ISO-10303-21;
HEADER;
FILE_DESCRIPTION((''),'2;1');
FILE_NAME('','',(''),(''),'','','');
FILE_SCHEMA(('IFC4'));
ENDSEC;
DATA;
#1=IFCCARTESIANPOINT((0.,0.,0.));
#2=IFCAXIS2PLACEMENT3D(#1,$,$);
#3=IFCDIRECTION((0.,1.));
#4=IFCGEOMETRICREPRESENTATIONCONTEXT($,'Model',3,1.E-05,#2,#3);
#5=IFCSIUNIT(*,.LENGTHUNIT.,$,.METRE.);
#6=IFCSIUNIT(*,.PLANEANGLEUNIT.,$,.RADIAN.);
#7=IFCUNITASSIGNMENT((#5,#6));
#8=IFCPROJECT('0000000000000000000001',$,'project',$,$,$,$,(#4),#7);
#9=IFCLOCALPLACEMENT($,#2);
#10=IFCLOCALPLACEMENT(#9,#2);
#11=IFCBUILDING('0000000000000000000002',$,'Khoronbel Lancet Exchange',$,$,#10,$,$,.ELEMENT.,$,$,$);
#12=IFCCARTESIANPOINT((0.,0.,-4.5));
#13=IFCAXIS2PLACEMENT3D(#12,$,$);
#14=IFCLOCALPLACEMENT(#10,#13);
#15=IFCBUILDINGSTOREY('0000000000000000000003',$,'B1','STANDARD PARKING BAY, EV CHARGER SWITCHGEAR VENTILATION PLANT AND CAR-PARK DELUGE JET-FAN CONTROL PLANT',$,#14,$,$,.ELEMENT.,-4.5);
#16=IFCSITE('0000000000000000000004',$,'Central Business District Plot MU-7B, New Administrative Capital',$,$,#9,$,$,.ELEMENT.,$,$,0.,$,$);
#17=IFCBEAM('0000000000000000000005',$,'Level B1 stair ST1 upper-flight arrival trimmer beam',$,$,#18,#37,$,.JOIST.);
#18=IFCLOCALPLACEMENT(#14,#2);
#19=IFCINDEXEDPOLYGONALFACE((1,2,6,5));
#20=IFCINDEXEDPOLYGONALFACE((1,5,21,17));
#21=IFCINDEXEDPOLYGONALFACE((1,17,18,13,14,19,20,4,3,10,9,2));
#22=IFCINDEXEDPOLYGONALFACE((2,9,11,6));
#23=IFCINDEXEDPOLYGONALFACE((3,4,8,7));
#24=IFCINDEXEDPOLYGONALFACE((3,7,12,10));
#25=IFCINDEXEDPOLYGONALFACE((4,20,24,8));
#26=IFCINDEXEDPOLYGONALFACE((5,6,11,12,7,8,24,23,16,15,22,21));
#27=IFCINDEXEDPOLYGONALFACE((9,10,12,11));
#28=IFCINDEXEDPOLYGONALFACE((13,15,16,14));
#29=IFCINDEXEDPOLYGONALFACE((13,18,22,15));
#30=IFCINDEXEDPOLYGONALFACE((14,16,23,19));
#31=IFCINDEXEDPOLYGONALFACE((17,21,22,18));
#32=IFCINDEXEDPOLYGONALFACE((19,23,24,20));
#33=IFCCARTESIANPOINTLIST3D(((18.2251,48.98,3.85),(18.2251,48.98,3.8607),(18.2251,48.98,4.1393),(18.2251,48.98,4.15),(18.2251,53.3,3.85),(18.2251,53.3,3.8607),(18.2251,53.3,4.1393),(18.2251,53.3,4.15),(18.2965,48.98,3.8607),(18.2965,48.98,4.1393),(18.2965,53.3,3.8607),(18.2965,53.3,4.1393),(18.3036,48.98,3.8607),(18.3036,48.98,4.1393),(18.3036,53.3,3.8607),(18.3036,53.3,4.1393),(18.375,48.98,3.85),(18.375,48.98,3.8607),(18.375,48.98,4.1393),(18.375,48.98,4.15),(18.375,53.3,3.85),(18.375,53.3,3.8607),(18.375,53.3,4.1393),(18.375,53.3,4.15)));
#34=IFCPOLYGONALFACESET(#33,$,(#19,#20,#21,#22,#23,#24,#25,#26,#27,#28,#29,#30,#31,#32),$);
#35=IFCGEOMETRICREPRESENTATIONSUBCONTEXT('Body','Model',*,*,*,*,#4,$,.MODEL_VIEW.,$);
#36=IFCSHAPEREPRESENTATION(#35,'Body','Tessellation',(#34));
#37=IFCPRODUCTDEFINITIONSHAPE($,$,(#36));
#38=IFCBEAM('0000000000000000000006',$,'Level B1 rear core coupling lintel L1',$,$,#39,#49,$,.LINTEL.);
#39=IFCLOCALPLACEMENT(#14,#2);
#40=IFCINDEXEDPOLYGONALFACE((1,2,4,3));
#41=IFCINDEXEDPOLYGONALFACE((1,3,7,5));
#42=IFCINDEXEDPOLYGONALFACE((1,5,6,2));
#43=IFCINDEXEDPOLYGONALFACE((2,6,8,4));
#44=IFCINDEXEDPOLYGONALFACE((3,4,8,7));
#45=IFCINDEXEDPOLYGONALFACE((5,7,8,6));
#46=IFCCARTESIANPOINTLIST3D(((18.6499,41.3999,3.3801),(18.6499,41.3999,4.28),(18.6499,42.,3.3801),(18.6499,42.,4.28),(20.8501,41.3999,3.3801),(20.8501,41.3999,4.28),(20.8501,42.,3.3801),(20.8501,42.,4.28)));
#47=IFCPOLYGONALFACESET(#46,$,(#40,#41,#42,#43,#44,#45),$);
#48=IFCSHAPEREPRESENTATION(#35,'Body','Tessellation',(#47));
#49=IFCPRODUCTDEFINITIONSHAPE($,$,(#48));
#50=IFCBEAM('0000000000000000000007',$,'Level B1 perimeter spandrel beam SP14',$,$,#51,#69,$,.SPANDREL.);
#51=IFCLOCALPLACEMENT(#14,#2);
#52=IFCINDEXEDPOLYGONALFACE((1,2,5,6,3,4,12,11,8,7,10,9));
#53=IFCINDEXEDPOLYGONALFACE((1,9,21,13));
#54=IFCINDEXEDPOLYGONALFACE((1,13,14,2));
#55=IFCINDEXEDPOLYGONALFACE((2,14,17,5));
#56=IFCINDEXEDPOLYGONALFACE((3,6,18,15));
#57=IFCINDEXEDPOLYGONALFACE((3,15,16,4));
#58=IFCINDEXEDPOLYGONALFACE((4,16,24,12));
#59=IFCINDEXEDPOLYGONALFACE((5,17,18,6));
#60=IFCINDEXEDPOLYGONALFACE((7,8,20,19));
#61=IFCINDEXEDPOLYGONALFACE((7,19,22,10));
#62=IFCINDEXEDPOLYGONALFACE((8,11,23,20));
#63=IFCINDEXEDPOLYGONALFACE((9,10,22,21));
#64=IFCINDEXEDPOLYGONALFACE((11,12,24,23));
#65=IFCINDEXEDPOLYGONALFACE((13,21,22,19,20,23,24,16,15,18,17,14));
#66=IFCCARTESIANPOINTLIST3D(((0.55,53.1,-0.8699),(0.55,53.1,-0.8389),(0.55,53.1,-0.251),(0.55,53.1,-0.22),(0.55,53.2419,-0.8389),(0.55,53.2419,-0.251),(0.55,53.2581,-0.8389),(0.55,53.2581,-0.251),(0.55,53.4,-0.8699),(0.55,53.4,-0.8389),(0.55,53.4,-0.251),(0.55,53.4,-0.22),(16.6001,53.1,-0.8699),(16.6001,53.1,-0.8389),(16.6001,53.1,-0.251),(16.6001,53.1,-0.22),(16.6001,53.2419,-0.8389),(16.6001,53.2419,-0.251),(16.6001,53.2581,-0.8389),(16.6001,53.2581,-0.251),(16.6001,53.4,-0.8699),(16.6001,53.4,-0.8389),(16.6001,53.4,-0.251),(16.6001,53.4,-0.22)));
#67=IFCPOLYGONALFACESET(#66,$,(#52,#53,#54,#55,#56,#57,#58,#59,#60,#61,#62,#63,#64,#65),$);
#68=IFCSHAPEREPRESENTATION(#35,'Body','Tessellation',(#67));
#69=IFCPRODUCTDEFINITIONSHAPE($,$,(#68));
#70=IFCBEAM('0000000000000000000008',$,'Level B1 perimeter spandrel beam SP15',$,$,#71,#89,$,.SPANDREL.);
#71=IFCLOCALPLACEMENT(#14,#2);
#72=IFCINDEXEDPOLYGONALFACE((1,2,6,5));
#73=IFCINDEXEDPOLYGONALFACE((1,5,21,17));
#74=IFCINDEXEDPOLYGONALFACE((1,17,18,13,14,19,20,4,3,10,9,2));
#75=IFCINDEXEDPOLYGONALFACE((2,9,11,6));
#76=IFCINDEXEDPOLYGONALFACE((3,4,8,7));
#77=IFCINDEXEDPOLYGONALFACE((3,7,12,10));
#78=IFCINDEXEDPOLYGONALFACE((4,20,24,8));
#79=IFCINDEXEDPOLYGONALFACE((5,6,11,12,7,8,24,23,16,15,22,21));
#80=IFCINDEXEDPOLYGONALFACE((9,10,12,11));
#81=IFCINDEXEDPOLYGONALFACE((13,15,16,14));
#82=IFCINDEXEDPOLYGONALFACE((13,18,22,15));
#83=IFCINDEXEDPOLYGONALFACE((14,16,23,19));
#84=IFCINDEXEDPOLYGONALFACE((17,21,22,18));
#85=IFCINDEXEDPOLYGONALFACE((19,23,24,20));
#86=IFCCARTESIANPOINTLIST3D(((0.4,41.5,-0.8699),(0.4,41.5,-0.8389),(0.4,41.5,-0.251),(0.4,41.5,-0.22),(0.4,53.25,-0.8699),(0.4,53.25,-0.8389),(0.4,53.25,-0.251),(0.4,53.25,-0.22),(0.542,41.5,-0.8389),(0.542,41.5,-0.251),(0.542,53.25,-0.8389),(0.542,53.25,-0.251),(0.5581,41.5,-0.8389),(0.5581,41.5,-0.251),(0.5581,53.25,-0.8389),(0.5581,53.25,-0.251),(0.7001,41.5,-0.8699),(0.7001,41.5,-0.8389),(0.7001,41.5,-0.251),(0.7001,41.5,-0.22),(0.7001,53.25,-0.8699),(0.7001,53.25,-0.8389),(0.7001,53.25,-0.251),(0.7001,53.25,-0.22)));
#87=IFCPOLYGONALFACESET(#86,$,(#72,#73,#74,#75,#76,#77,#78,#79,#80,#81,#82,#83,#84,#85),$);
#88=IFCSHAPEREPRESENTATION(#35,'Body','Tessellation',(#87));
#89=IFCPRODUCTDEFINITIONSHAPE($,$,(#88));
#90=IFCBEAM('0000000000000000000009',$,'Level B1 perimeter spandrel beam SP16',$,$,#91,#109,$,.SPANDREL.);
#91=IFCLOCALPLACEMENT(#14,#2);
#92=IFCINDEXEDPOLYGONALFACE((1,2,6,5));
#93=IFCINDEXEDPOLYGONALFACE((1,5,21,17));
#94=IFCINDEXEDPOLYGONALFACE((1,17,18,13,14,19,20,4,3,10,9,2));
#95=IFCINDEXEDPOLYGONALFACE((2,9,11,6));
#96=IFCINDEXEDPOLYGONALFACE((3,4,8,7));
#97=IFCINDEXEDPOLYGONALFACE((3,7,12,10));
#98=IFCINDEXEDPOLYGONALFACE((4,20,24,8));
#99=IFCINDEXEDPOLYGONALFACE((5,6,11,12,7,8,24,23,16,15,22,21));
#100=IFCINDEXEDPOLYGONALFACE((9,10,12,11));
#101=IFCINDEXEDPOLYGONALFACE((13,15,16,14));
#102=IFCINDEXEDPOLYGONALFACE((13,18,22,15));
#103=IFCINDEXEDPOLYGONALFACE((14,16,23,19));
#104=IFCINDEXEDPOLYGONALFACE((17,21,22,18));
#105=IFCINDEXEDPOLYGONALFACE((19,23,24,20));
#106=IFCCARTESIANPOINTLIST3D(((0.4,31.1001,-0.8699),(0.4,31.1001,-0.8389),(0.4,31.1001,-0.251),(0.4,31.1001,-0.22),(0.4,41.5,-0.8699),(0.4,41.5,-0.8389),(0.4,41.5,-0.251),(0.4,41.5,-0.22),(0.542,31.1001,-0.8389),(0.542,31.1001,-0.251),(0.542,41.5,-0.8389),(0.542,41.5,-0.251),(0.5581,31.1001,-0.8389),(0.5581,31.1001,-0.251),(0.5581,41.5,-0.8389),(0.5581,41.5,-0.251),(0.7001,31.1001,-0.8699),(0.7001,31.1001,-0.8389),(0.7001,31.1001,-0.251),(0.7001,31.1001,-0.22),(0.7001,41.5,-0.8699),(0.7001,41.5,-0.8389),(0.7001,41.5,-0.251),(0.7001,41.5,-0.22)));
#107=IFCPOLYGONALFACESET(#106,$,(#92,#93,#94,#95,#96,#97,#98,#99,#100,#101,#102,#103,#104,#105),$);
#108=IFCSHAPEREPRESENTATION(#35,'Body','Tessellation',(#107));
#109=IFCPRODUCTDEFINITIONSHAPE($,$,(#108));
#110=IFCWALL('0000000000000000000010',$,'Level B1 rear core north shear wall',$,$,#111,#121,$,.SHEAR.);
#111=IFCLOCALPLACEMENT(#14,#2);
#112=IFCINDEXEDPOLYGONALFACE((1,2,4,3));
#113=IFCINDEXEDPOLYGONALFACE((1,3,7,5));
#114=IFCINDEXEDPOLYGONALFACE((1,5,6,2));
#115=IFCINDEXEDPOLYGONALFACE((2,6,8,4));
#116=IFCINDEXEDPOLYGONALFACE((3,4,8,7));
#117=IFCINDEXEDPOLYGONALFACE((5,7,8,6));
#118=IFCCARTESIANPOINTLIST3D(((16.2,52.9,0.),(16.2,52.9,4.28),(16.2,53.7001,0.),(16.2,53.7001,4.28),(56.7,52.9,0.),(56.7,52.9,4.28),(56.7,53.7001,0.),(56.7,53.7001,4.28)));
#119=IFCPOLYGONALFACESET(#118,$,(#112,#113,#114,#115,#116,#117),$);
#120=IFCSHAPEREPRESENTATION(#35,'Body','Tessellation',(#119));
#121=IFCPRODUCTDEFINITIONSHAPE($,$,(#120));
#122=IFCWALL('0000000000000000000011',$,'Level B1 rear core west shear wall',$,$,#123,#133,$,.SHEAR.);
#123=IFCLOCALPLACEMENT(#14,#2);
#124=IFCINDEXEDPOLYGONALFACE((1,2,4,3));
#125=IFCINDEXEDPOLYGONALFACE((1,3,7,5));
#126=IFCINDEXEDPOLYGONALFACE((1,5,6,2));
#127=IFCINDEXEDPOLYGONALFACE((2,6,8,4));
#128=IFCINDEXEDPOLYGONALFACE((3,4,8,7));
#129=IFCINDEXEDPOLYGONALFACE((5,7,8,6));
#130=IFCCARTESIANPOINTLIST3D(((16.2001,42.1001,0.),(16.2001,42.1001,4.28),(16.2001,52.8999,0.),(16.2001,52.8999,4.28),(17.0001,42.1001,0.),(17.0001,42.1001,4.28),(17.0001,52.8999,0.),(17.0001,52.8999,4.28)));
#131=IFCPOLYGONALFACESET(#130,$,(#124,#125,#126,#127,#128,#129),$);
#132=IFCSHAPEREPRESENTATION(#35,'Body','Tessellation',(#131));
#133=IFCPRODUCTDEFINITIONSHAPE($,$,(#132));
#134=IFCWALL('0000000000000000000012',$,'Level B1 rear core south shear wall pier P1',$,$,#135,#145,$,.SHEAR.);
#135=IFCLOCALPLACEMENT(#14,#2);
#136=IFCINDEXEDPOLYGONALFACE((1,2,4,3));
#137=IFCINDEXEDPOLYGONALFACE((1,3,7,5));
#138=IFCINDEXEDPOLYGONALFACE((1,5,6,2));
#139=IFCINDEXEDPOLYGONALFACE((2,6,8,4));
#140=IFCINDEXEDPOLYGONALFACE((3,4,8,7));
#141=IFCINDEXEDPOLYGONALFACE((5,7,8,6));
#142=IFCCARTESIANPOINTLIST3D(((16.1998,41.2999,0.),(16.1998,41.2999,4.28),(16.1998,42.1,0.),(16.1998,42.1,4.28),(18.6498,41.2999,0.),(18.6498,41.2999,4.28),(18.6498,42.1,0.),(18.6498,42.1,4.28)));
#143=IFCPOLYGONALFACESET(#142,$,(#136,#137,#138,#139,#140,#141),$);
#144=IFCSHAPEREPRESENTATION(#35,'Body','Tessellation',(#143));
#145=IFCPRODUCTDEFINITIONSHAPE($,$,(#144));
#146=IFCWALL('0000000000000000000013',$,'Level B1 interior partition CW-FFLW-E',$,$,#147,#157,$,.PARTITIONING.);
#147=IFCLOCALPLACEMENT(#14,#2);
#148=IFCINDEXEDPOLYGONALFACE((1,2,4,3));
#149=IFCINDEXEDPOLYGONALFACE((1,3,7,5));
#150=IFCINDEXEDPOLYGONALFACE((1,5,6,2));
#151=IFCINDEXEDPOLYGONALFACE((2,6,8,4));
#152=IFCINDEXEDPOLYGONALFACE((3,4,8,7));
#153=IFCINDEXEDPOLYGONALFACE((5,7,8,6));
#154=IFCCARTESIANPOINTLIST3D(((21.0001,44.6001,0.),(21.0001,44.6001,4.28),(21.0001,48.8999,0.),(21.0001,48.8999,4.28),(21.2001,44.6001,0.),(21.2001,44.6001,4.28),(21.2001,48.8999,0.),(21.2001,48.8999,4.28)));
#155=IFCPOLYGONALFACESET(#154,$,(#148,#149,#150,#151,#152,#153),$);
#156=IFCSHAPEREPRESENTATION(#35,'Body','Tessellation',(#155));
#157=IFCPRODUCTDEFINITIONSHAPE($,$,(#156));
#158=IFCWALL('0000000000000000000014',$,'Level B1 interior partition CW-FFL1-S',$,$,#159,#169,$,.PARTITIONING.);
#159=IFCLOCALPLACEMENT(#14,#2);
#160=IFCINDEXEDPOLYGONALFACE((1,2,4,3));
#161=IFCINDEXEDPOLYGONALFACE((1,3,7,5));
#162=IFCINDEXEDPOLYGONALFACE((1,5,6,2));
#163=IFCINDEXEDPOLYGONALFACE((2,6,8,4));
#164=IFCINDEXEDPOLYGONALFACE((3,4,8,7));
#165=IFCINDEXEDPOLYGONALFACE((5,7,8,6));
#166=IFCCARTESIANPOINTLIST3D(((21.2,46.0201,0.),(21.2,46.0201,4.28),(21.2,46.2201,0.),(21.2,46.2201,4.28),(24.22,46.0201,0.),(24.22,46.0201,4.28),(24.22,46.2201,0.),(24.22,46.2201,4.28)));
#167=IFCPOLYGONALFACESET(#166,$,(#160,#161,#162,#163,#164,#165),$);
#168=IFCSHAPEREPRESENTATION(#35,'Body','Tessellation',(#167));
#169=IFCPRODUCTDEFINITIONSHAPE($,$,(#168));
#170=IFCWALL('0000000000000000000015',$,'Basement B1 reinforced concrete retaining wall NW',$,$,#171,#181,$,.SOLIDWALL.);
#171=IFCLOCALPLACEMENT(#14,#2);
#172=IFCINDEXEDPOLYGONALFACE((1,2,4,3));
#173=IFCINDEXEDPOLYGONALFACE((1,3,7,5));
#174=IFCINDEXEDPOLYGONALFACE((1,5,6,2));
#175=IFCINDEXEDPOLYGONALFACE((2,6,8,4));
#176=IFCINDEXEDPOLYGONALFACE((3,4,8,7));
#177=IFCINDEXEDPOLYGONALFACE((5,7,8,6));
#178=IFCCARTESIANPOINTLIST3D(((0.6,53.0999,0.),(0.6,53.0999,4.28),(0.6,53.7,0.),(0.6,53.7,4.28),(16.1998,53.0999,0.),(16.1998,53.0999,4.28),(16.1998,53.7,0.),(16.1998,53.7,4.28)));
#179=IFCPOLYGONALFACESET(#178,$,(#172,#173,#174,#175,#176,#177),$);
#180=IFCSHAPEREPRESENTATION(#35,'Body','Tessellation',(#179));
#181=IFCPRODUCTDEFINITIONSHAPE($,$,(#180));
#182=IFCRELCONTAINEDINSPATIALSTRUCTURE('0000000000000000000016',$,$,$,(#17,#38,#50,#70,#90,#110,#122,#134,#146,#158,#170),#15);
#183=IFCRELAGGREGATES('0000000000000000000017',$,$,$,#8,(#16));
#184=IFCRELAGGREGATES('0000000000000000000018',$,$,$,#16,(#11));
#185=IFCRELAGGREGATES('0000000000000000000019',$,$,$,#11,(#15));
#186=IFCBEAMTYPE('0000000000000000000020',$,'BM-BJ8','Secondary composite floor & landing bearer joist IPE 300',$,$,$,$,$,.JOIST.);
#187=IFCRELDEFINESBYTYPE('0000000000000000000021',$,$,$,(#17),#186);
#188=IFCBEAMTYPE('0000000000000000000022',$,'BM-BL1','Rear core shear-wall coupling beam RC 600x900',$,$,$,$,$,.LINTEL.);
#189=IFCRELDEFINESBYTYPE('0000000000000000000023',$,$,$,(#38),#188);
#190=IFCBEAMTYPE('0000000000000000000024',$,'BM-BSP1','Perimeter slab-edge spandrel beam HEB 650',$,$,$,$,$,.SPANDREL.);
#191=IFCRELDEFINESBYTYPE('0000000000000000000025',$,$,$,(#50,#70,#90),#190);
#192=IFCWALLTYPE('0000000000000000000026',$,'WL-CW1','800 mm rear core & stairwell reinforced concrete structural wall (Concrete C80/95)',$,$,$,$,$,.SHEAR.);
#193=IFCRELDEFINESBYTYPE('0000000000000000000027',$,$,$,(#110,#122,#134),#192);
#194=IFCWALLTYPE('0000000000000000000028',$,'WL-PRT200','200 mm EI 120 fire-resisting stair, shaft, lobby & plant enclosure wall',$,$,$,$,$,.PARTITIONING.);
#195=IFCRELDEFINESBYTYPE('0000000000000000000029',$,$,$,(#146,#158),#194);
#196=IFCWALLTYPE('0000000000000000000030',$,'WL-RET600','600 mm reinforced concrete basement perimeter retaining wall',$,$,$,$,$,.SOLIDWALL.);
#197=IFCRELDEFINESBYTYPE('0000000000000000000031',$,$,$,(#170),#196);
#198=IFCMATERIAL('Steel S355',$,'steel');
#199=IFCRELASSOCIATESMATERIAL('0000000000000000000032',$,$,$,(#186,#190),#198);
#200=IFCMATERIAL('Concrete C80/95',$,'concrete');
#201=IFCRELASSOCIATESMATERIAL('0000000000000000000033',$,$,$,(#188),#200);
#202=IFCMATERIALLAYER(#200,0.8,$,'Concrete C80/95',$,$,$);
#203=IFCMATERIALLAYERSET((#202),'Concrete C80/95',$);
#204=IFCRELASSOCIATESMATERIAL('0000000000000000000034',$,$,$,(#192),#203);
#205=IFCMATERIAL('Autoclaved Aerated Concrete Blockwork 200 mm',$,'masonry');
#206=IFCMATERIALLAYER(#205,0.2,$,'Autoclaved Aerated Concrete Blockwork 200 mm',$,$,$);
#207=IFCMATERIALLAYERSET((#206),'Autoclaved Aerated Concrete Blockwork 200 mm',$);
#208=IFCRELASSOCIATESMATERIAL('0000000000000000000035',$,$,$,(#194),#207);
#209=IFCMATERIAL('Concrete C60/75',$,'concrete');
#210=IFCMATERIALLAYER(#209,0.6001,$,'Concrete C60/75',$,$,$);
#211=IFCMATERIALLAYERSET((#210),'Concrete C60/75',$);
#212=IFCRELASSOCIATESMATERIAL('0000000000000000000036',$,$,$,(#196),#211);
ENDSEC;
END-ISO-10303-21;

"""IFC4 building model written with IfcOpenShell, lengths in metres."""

from ifc_helpers import new_model, si_unit, direction, frame, frame_2d, origin, origin_2d, place, context, subcontext, project, spatial, rectangle, i_section, extrude, material, layer, layer_set, material_profile, profile_set, type_object, element, save


model = new_model("IFC4")

# Units and contexts
model_context = context("Model", 3, precision=1e-05, world=origin(), true_north=direction((0.0, 1.0)))
body_context = subcontext(model_context, "Body", "Model", "MODEL_VIEW")
ifc_project = project(units=[si_unit("LENGTHUNIT", "METRE"), si_unit("PLANEANGLEUNIT", "RADIAN")], contexts=[model_context])

# Site, building, storey
site_placement = place(None, origin())
site = spatial("IfcSite", under=ifc_project, at=site_placement, Name="Central Business District Plot MU-7B, New Administrative Capital", CompositionType="ELEMENT", RefElevation=0.0)
building_placement = place(site_placement, origin())
building = spatial("IfcBuilding", under=site, at=building_placement, Name="Khoronbel Lancet Exchange", CompositionType="ELEMENT")
storey_placement = place(building_placement, frame((0.0, 0.0, -4.5)))
storey = spatial("IfcBuildingStorey", under=building, at=storey_placement, Name="B1", Description="STANDARD PARKING BAY, EV CHARGER SWITCHGEAR VENTILATION PLANT AND CAR-PARK DELUGE JET-FAN CONTROL PLANT", CompositionType="ELEMENT", Elevation=-4.5)

# Shared definitions
ifc_material_1 = material(Name="Steel S355", Category="steel")
ifc_material_2 = material(Name="Concrete C60/75", Category="concrete")

# Beams
ifc_material_profile_1 = material_profile(ifc_material_1, i_section(OverallWidth=0.1499, OverallDepth=0.3, WebThickness=0.0071, FlangeThickness=0.0107, at=origin_2d()), Name="IPE 300")
ifc_profile_set_1 = profile_set([ifc_material_profile_1], Name="Steel S355")
beam_type_1 = type_object("IfcBeamType", Name="BM-BJ8", Description="Secondary composite floor & landing bearer joist IPE 300", PredefinedType="JOIST", material=ifc_profile_set_1)
beam_1_placement = place(storey_placement, frame((18.3, 48.98, 4.0), z_axis=(0.0, 1.0, 0.0), x_axis=(-1.0, 0.0, 0.0)))
element("IfcBeam", 1, at=beam_1_placement, inside=storey, type_object=beam_type_1, Name="Level B1 stair ST1 upper-flight arrival trimmer beam", PredefinedType="JOIST", context=body_context, shape_type="SweptSolid", body=[
    extrude(i_section(OverallWidth=0.1499, OverallDepth=0.3, WebThickness=0.0071, FlangeThickness=0.0107, at=origin_2d()), origin(), (0.0, 0.0, 1.0), 4.3201),
])
ifc_material_3 = material(Name="Concrete C80/95", Category="concrete")
ifc_material_profile_2 = material_profile(ifc_material_3, rectangle(XDim=0.6001, YDim=0.8999, at=origin_2d()), Name="RC 600x900")
ifc_profile_set_2 = profile_set([ifc_material_profile_2], Name="Concrete C80/95")
beam_type_2 = type_object("IfcBeamType", Name="BM-BL1", Description="Rear core shear-wall coupling beam RC 600x900", PredefinedType="LINTEL", material=ifc_profile_set_2)
beam_2_placement = place(storey_placement, frame((18.6499, 41.7, 3.8301), z_axis=(1.0, 0.0, 0.0), x_axis=(0.0, 1.0, 0.0)))
element("IfcBeam", 2, at=beam_2_placement, inside=storey, type_object=beam_type_2, Name="Level B1 rear core coupling lintel L1", PredefinedType="LINTEL", context=body_context, shape_type="SweptSolid", body=[
    extrude(rectangle(XDim=0.6001, YDim=0.8999, at=origin_2d()), origin(), (0.0, 0.0, 1.0), 2.2002),
])
ifc_material_profile_3 = material_profile(ifc_material_1, i_section(OverallWidth=0.3, OverallDepth=0.6499, WebThickness=0.0161, FlangeThickness=0.031, at=origin_2d()), Name="HEB 650")
ifc_profile_set_3 = profile_set([ifc_material_profile_3], Name="Steel S355")
beam_type_3 = type_object("IfcBeamType", Name="BM-BSP1", Description="Perimeter slab-edge spandrel beam HEB 650", PredefinedType="SPANDREL", material=ifc_profile_set_3)
beam_3_placement = place(storey_placement, frame((16.6001, 53.25, -0.5449), z_axis=(-1.0, 0.0, 0.0), x_axis=(0.0, -1.0, 0.0)))
element("IfcBeam", 3, at=beam_3_placement, inside=storey, type_object=beam_type_3, Name="Level B1 perimeter spandrel beam SP14", PredefinedType="SPANDREL", context=body_context, shape_type="SweptSolid", body=[
    extrude(i_section(OverallWidth=0.3, OverallDepth=0.6499, WebThickness=0.0161, FlangeThickness=0.031, at=origin_2d()), origin(), (0.0, 0.0, 1.0), 16.05),
])
beam_4_placement = place(storey_placement, frame((0.55, 53.25, -0.5449), z_axis=(0.0, -1.0, 0.0), x_axis=(1.0, 0.0, 0.0)))
element("IfcBeam", 4, at=beam_4_placement, inside=storey, type_object=beam_type_3, Name="Level B1 perimeter spandrel beam SP15", PredefinedType="SPANDREL", context=body_context, shape_type="SweptSolid", body=[
    extrude(i_section(OverallWidth=0.3, OverallDepth=0.6499, WebThickness=0.0161, FlangeThickness=0.031, at=origin_2d()), origin(), (0.0, 0.0, 1.0), 11.75),
])
beam_5_placement = place(storey_placement, frame((0.55, 41.5, -0.5449), z_axis=(0.0, -1.0, 0.0), x_axis=(1.0, 0.0, 0.0)))
element("IfcBeam", 5, at=beam_5_placement, inside=storey, type_object=beam_type_3, Name="Level B1 perimeter spandrel beam SP16", PredefinedType="SPANDREL", context=body_context, shape_type="SweptSolid", body=[
    extrude(i_section(OverallWidth=0.3, OverallDepth=0.6499, WebThickness=0.0161, FlangeThickness=0.031, at=origin_2d()), origin(), (0.0, 0.0, 1.0), 10.3999),
])

# Walls
ifc_layer_1 = layer(ifc_material_3, 0.8, Name="Concrete C80/95")
ifc_layer_set_1 = layer_set([ifc_layer_1], Name="Concrete C80/95")
wall_type_1 = type_object("IfcWallType", Name="WL-CW1", Description="800 mm rear core & stairwell reinforced concrete structural wall (Concrete C80/95)", PredefinedType="SHEAR", material=ifc_layer_set_1)
wall_1_placement = place(storey_placement, frame((16.2, 53.3, 0.0), z_axis=(0.0, 0.0, 1.0), x_axis=(1.0, 0.0, 0.0)))
element("IfcWall", 6, at=wall_1_placement, inside=storey, type_object=wall_type_1, Name="Level B1 rear core north shear wall", PredefinedType="SHEAR", context=body_context, shape_type="SweptSolid", body=[
    extrude(rectangle(XDim=40.5, YDim=0.8, at=frame_2d((20.25, 0.0))), origin(), (0.0, 0.0, 1.0), 4.28),
])
wall_2_placement = place(storey_placement, frame((16.6001, 42.1001, 0.0), z_axis=(0.0, 0.0, 1.0), x_axis=(0.0, 1.0, 0.0)))
element("IfcWall", 7, at=wall_2_placement, inside=storey, type_object=wall_type_1, Name="Level B1 rear core west shear wall", PredefinedType="SHEAR", context=body_context, shape_type="SweptSolid", body=[
    extrude(rectangle(XDim=10.7998, YDim=0.8, at=frame_2d((5.3999, 0.0))), origin(), (0.0, 0.0, 1.0), 4.28),
])
wall_3_placement = place(storey_placement, frame((18.6499, 41.7, 0.0), z_axis=(0.0, 0.0, 1.0), x_axis=(-1.0, 0.0, 0.0)))
element("IfcWall", 8, at=wall_3_placement, inside=storey, type_object=wall_type_1, Name="Level B1 rear core south shear wall pier P1", PredefinedType="SHEAR", context=body_context, shape_type="SweptSolid", body=[
    extrude(rectangle(XDim=2.45, YDim=0.8, at=frame_2d((1.2251, 0.0))), origin(), (0.0, 0.0, 1.0), 4.28),
])
ifc_material_4 = material(Name="Autoclaved Aerated Concrete Blockwork 200 mm", Category="masonry")
ifc_layer_2 = layer(ifc_material_4, 0.2, Name="Autoclaved Aerated Concrete Blockwork 200 mm")
ifc_layer_set_2 = layer_set([ifc_layer_2], Name="Autoclaved Aerated Concrete Blockwork 200 mm")
wall_type_2 = type_object("IfcWallType", Name="WL-PRT200", Description="200 mm EI 120 fire-resisting stair, shaft, lobby & plant enclosure wall", PredefinedType="PARTITIONING", material=ifc_layer_set_2)
wall_4_placement = place(storey_placement, frame((21.1001, 44.6001, 0.0), z_axis=(0.0, 0.0, 1.0), x_axis=(0.0, 1.0, 0.0)))
element("IfcWall", 9, at=wall_4_placement, inside=storey, type_object=wall_type_2, Name="Level B1 interior partition CW-FFLW-E", PredefinedType="PARTITIONING", context=body_context, shape_type="SweptSolid", body=[
    extrude(rectangle(XDim=4.2998, YDim=0.2, at=frame_2d((2.1499, 0.0))), origin(), (0.0, 0.0, 1.0), 4.28),
])

# Wall
wall_5_placement = place(storey_placement, frame((21.2, 46.1201, 0.0), z_axis=(0.0, 0.0, 1.0), x_axis=(1.0, 0.0, 0.0)))
element("IfcWall", 10, at=wall_5_placement, inside=storey, type_object=wall_type_2, Name="Level B1 interior partition CW-FFL1-S", PredefinedType="PARTITIONING", context=body_context, shape_type="SweptSolid", body=[
    extrude(rectangle(XDim=3.02, YDim=0.2, at=frame_2d((1.51, 0.0))), origin(), (0.0, 0.0, 1.0), 4.28),
])

# Wall
ifc_layer_3 = layer(ifc_material_2, 0.6001, Name="Concrete C60/75")
ifc_layer_set_3 = layer_set([ifc_layer_3], Name="Concrete C60/75")
wall_type_3 = type_object("IfcWallType", Name="WL-RET600", Description="600 mm reinforced concrete basement perimeter retaining wall", PredefinedType="SOLIDWALL", material=ifc_layer_set_3)
wall_6_placement = place(storey_placement, frame((0.6001, 53.3999, 0.0), z_axis=(0.0, 0.0, 1.0), x_axis=(1.0, 0.0, 0.0)))
element("IfcWall", 11, at=wall_6_placement, inside=storey, type_object=wall_type_3, Name="Basement B1 reinforced concrete retaining wall NW", PredefinedType="SOLIDWALL", context=body_context, shape_type="SweptSolid", body=[
    extrude(rectangle(XDim=15.5999, YDim=0.6001, at=frame_2d((7.7998, 0.0))), origin(), (0.0, 0.0, 1.0), 4.28),
])

save(model, "model.ifc")
